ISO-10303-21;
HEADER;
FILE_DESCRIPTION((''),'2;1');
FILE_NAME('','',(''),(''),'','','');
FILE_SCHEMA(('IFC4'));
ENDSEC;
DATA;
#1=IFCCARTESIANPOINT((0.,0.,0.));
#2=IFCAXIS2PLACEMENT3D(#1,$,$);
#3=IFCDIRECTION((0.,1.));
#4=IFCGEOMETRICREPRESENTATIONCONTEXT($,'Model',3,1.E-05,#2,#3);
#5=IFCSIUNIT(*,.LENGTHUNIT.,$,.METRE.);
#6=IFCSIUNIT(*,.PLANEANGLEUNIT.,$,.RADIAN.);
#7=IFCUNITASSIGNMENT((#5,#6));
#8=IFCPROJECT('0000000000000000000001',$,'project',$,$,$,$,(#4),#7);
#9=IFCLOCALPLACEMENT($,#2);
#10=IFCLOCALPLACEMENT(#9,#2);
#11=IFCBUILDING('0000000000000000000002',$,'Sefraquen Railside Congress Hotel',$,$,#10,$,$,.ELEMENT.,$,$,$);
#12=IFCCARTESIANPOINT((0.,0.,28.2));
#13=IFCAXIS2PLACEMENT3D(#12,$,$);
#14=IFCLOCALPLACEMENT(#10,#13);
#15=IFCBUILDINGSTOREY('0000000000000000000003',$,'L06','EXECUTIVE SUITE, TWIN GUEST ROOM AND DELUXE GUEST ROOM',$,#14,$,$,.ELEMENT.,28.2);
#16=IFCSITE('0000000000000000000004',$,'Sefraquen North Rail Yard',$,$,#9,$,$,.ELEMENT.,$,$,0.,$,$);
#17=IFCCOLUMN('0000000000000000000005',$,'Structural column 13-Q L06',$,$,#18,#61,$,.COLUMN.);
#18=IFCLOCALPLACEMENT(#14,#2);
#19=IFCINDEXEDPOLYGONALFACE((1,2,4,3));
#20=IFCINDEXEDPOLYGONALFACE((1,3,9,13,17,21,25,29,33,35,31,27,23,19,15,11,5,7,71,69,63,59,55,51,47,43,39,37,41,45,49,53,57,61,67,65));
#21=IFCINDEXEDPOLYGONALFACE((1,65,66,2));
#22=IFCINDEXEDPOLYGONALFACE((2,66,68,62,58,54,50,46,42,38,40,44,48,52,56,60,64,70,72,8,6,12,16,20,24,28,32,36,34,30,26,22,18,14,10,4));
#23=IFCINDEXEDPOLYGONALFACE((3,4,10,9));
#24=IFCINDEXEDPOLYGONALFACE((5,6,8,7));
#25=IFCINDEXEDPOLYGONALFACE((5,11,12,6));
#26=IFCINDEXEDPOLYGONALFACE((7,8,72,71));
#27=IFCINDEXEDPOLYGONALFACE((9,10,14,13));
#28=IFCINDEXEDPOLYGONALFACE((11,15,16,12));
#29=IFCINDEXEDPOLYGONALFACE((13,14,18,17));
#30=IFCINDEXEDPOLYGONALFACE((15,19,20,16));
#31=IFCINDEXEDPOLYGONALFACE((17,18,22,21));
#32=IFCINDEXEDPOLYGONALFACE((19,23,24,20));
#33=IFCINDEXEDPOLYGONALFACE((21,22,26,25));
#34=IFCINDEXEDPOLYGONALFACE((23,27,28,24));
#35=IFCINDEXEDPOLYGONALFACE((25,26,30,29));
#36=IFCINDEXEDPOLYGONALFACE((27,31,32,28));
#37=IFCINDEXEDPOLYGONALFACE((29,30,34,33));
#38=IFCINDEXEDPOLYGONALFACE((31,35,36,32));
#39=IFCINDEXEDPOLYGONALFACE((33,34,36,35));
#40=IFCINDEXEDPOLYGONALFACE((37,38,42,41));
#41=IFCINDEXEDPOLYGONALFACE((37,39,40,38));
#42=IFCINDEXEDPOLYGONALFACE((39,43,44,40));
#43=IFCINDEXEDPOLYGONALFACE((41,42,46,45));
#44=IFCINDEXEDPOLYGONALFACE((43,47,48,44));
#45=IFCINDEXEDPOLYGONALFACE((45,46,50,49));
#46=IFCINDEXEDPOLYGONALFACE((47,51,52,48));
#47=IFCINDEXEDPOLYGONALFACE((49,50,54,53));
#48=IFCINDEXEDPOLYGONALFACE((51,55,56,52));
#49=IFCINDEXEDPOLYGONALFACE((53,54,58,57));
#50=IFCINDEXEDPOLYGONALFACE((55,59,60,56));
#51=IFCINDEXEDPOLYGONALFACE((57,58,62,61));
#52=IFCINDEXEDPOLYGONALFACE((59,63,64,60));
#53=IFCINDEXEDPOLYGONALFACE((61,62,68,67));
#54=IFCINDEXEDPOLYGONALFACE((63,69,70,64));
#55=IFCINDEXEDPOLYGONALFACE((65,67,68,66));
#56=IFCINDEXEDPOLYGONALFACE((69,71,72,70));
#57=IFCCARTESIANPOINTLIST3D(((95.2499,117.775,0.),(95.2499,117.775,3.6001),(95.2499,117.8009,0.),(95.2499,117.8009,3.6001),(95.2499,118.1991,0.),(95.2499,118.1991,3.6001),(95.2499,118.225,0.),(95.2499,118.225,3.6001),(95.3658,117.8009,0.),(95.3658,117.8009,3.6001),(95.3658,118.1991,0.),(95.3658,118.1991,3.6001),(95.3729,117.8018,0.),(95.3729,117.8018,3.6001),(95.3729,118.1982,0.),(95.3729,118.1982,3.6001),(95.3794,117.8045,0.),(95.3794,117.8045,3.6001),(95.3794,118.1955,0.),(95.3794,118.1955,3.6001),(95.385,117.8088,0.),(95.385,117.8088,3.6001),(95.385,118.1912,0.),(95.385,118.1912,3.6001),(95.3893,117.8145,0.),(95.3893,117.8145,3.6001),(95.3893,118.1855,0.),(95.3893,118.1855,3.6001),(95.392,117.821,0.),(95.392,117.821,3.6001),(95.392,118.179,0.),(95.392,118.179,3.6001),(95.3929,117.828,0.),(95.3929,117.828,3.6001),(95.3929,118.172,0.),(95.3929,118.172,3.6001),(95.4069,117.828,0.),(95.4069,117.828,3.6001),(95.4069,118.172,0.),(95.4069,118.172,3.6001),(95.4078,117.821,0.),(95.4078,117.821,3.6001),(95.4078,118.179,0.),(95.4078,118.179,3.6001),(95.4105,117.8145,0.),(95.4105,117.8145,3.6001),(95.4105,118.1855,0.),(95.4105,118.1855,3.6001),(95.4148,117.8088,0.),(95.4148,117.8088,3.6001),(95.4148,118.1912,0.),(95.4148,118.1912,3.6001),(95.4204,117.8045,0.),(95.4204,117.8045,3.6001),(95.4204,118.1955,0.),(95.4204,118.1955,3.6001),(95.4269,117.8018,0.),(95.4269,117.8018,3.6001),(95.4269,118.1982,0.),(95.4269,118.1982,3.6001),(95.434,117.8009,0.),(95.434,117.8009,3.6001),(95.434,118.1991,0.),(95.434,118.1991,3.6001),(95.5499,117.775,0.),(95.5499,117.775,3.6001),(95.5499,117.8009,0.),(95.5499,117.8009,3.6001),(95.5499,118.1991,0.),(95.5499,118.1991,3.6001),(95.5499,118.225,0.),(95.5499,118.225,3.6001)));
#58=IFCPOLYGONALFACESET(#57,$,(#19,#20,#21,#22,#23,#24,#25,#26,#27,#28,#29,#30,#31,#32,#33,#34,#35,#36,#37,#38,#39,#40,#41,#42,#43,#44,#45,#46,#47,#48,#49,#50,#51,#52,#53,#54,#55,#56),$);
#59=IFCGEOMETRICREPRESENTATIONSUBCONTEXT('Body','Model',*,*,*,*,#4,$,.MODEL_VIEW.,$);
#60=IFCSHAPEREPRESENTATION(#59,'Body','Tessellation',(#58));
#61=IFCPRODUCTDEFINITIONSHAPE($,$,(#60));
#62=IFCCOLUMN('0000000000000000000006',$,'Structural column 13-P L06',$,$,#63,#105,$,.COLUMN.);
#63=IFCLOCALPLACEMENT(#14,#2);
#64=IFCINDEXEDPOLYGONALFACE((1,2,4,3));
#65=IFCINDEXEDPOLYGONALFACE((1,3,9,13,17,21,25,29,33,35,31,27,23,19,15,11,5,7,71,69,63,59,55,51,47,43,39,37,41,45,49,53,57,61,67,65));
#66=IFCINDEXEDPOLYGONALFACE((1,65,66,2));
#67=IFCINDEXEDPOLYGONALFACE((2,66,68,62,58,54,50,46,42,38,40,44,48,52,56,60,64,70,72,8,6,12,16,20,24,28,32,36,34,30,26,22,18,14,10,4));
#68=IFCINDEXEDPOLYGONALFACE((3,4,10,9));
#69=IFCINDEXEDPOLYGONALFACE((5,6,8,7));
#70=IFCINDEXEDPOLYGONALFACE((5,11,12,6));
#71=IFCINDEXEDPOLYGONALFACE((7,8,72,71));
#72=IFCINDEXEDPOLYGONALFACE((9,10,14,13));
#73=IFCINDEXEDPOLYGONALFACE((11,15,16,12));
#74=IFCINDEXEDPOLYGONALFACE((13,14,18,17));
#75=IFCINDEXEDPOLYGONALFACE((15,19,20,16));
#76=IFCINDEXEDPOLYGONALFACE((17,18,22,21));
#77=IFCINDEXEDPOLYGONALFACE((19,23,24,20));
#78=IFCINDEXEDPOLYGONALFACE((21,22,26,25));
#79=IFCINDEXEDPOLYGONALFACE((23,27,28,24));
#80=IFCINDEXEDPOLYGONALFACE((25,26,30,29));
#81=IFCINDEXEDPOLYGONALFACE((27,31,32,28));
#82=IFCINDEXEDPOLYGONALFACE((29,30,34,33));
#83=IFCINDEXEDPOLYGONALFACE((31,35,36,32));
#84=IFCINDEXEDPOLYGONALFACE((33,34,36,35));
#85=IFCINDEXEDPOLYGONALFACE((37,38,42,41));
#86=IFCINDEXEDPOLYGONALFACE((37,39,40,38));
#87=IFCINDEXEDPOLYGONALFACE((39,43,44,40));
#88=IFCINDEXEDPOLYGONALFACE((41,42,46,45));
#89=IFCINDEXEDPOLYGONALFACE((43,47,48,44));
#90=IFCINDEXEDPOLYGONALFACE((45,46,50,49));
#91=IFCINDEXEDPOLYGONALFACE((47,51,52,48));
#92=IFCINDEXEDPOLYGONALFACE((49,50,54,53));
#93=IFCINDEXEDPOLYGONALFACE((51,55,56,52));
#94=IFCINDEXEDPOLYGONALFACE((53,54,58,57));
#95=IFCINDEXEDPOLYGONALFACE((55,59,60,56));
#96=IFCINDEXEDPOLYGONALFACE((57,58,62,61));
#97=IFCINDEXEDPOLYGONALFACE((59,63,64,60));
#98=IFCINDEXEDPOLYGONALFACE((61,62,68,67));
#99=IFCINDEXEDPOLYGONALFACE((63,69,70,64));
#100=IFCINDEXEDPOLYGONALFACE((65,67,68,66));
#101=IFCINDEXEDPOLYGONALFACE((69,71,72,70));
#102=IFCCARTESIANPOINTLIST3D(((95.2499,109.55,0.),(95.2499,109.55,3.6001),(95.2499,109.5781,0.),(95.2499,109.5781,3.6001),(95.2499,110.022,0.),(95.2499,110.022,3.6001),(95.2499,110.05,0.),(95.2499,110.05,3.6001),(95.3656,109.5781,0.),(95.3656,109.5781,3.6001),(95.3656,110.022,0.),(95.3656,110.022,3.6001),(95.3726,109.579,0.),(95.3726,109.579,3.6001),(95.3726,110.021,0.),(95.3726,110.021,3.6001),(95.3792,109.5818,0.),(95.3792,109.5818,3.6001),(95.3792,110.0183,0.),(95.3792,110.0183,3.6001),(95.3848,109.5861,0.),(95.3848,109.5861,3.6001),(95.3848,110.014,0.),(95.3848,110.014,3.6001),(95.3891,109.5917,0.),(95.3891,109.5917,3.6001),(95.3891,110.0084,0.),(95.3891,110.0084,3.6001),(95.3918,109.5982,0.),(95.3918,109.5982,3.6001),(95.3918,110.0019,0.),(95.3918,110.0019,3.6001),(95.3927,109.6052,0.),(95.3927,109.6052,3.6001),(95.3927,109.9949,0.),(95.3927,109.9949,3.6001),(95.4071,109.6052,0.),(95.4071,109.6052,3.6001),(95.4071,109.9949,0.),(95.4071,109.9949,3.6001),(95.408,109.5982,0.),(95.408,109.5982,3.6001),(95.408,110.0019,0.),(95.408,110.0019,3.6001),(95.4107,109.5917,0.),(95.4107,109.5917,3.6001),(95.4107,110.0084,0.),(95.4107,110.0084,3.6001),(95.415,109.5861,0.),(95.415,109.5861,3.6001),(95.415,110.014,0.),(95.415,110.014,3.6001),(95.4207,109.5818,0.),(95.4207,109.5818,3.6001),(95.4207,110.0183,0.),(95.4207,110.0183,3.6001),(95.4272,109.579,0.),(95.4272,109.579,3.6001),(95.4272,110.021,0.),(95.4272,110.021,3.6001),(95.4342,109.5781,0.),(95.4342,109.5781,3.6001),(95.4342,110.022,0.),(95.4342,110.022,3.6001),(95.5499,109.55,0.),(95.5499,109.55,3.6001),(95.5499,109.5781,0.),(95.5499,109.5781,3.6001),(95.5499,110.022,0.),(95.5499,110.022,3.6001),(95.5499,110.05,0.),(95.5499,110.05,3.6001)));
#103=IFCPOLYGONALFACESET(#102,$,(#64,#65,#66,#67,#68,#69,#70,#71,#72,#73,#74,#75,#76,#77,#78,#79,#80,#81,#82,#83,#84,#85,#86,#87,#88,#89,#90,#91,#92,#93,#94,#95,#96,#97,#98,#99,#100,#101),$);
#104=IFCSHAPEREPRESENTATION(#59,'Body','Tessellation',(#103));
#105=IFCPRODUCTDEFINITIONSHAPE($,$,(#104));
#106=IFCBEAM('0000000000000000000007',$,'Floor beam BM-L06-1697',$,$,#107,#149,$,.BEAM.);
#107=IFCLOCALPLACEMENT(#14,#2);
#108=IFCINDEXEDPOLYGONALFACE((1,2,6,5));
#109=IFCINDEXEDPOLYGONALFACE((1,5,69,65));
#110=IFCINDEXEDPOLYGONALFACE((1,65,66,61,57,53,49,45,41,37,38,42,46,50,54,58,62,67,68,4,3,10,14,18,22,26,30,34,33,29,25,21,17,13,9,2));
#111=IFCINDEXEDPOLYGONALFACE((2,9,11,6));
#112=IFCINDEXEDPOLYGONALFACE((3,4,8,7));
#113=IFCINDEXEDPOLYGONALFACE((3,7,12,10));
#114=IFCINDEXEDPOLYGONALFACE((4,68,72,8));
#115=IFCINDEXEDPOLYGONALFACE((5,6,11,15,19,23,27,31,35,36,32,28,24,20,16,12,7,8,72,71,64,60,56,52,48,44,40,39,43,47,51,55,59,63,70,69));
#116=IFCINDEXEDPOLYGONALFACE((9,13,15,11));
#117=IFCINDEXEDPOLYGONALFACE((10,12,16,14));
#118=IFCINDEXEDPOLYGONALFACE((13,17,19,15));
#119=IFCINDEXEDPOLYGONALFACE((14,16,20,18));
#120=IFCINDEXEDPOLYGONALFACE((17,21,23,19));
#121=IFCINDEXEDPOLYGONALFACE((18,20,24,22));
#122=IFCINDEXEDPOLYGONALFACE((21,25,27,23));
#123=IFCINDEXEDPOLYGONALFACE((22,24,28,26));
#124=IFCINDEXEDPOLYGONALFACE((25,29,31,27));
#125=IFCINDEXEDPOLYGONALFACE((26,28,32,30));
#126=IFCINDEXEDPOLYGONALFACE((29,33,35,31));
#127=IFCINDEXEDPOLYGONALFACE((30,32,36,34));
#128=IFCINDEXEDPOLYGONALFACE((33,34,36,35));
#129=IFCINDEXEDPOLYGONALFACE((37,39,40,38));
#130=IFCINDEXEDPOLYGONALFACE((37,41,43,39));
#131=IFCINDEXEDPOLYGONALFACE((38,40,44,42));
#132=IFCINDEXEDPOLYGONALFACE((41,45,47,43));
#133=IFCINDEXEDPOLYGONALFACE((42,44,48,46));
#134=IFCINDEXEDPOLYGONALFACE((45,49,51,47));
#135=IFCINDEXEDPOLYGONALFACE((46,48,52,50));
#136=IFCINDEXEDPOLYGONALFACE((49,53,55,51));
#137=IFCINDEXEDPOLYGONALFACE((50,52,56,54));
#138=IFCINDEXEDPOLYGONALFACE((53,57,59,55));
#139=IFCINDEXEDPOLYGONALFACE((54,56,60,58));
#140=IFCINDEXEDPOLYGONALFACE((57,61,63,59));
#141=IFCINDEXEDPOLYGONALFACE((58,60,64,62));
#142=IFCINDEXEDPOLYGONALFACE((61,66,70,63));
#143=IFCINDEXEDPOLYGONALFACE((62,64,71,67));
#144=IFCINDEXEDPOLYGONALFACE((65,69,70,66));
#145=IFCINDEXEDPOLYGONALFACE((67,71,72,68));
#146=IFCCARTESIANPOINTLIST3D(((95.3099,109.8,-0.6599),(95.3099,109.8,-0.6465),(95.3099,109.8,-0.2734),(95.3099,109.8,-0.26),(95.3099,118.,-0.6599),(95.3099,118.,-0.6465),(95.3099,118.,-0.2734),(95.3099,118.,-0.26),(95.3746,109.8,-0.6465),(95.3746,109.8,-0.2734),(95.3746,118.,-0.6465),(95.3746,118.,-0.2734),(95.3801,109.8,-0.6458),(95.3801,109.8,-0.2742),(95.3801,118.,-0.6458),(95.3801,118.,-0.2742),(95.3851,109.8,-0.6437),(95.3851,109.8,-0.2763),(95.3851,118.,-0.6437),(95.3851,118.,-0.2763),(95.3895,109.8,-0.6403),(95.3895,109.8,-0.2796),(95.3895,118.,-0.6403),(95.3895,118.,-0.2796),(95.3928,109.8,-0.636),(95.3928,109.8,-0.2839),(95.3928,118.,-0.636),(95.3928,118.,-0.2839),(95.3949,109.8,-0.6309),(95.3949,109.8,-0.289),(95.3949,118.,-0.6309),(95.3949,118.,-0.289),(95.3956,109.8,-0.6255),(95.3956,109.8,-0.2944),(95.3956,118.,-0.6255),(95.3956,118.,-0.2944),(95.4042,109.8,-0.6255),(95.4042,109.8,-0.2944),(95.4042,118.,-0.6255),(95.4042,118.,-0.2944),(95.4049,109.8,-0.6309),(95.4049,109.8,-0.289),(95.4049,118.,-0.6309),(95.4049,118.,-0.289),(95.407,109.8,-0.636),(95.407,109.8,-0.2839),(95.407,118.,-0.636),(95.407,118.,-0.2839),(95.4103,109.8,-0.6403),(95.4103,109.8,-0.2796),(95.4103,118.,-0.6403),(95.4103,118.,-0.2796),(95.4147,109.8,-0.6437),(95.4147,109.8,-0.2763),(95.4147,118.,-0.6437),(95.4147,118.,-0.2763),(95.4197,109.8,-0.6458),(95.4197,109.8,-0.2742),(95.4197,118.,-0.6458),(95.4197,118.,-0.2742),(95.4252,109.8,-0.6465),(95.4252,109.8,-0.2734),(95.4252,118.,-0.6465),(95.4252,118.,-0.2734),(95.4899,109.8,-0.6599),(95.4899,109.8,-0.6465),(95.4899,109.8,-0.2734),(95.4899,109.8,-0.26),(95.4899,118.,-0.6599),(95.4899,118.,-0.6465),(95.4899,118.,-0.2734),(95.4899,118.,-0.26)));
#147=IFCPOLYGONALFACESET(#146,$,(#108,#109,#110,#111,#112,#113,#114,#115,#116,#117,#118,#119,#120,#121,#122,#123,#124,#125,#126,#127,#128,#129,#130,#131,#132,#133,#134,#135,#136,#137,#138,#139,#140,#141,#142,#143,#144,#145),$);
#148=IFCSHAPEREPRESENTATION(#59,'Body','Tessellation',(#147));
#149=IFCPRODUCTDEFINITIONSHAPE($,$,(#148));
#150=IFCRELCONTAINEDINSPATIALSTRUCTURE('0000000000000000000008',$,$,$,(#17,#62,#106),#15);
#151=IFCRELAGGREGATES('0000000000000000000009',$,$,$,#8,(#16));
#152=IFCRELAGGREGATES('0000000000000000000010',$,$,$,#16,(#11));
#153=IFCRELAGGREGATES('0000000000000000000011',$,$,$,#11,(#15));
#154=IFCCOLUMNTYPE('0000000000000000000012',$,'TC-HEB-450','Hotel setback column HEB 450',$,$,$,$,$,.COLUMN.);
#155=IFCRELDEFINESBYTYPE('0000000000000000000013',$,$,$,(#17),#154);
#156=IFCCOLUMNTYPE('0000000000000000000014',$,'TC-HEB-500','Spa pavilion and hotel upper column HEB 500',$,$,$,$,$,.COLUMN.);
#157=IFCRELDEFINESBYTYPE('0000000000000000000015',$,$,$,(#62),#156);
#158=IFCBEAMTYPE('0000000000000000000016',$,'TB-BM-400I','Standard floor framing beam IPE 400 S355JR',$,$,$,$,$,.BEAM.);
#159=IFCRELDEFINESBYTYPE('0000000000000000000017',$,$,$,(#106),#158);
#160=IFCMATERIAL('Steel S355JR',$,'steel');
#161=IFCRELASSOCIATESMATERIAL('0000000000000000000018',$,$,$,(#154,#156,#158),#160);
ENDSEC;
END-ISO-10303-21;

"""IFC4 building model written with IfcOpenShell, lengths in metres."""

from ifc_helpers import new_model, si_unit, direction, frame, origin, origin_2d, place, context, subcontext, project, spatial, i_section, extrude, material, material_profile, profile_set, type_object, element, save


model = new_model("IFC4")

# Units and contexts
model_context = context("Model", 3, precision=1e-05, world=origin(), true_north=direction((0.0, 1.0)))
body_context = subcontext(model_context, "Body", "Model", "MODEL_VIEW")
ifc_project = project(units=[si_unit("LENGTHUNIT", "METRE"), si_unit("PLANEANGLEUNIT", "RADIAN")], contexts=[model_context])

# Site, building, storey
site_placement = place(None, origin())
site = spatial("IfcSite", under=ifc_project, at=site_placement, Name="Sefraquen North Rail Yard", CompositionType="ELEMENT", RefElevation=0.0)
building_placement = place(site_placement, origin())
building = spatial("IfcBuilding", under=site, at=building_placement, Name="Sefraquen Railside Congress Hotel", CompositionType="ELEMENT")
storey_placement = place(building_placement, frame((0.0, 0.0, 28.2)))
storey = spatial("IfcBuildingStorey", under=building, at=storey_placement, Name="L06", Description="EXECUTIVE SUITE, TWIN GUEST ROOM AND DELUXE GUEST ROOM", CompositionType="ELEMENT", Elevation=28.2)

# Columns
ifc_material_1 = material(Name="Steel S355JR", Category="steel")
ifc_material_profile_1 = material_profile(ifc_material_1, i_section(OverallWidth=0.3, OverallDepth=0.45, WebThickness=0.0139, FlangeThickness=0.0259, FilletRadius=0.0271, at=origin_2d()), Name="HEB 450")
ifc_profile_set_1 = profile_set([ifc_material_profile_1], Name="Steel S355JR")
column_type_1 = type_object("IfcColumnType", Name="TC-HEB-450", Description="Hotel setback column HEB 450", PredefinedType="COLUMN", material=ifc_profile_set_1)
column_1_placement = place(storey_placement, frame((95.3999, 118.0, 0.0), z_axis=(0.0, 0.0, 1.0), x_axis=(1.0, 0.0, 0.0)))
element("IfcColumn", 1, at=column_1_placement, inside=storey, type_object=column_type_1, Name="Structural column 13-Q L06", PredefinedType="COLUMN", context=body_context, shape_type="SweptSolid", body=[
    extrude(i_section(OverallWidth=0.3, OverallDepth=0.45, WebThickness=0.0139, FlangeThickness=0.0259, FilletRadius=0.0271, at=origin_2d()), origin(), (0.0, 0.0, 1.0), 3.6001),
])
ifc_material_profile_2 = material_profile(ifc_material_1, i_section(OverallWidth=0.3, OverallDepth=0.5, WebThickness=0.0144, FlangeThickness=0.0281, FilletRadius=0.0271, at=origin_2d()), Name="HEB 500")
ifc_profile_set_2 = profile_set([ifc_material_profile_2], Name="Steel S355JR")
column_type_2 = type_object("IfcColumnType", Name="TC-HEB-500", Description="Spa pavilion and hotel upper column HEB 500", PredefinedType="COLUMN", material=ifc_profile_set_2)
column_2_placement = place(storey_placement, frame((95.3999, 109.8, 0.0), z_axis=(0.0, 0.0, 1.0), x_axis=(1.0, 0.0, 0.0)))
element("IfcColumn", 2, at=column_2_placement, inside=storey, type_object=column_type_2, Name="Structural column 13-P L06", PredefinedType="COLUMN", context=body_context, shape_type="SweptSolid", body=[
    extrude(i_section(OverallWidth=0.3, OverallDepth=0.5, WebThickness=0.0144, FlangeThickness=0.0281, FilletRadius=0.0271, at=origin_2d()), origin(), (0.0, 0.0, 1.0), 3.6001),
])

# Beam
ifc_material_profile_3 = material_profile(ifc_material_1, i_section(OverallWidth=0.1799, OverallDepth=0.3999, WebThickness=0.0085, FlangeThickness=0.0134, FilletRadius=0.021, at=origin_2d()), Name="IPE 400")
ifc_profile_set_3 = profile_set([ifc_material_profile_3], Name="Steel S355JR")
beam_type_1 = type_object("IfcBeamType", Name="TB-BM-400I", Description="Standard floor framing beam IPE 400 S355JR", PredefinedType="BEAM", material=ifc_profile_set_3)
beam_placement = place(storey_placement, frame((95.3999, 109.8, -0.46), z_axis=(0.0, 1.0, 0.0), x_axis=(-1.0, 0.0, 0.0)))
element("IfcBeam", 3, at=beam_placement, inside=storey, type_object=beam_type_1, Name="Floor beam BM-L06-1697", PredefinedType="BEAM", context=body_context, shape_type="SweptSolid", body=[
    extrude(i_section(OverallWidth=0.1799, OverallDepth=0.3999, WebThickness=0.0085, FlangeThickness=0.0134, FilletRadius=0.021, at=origin_2d()), origin(), (0.0, 0.0, 1.0), 8.2),
])

save(model, "model.ifc")
